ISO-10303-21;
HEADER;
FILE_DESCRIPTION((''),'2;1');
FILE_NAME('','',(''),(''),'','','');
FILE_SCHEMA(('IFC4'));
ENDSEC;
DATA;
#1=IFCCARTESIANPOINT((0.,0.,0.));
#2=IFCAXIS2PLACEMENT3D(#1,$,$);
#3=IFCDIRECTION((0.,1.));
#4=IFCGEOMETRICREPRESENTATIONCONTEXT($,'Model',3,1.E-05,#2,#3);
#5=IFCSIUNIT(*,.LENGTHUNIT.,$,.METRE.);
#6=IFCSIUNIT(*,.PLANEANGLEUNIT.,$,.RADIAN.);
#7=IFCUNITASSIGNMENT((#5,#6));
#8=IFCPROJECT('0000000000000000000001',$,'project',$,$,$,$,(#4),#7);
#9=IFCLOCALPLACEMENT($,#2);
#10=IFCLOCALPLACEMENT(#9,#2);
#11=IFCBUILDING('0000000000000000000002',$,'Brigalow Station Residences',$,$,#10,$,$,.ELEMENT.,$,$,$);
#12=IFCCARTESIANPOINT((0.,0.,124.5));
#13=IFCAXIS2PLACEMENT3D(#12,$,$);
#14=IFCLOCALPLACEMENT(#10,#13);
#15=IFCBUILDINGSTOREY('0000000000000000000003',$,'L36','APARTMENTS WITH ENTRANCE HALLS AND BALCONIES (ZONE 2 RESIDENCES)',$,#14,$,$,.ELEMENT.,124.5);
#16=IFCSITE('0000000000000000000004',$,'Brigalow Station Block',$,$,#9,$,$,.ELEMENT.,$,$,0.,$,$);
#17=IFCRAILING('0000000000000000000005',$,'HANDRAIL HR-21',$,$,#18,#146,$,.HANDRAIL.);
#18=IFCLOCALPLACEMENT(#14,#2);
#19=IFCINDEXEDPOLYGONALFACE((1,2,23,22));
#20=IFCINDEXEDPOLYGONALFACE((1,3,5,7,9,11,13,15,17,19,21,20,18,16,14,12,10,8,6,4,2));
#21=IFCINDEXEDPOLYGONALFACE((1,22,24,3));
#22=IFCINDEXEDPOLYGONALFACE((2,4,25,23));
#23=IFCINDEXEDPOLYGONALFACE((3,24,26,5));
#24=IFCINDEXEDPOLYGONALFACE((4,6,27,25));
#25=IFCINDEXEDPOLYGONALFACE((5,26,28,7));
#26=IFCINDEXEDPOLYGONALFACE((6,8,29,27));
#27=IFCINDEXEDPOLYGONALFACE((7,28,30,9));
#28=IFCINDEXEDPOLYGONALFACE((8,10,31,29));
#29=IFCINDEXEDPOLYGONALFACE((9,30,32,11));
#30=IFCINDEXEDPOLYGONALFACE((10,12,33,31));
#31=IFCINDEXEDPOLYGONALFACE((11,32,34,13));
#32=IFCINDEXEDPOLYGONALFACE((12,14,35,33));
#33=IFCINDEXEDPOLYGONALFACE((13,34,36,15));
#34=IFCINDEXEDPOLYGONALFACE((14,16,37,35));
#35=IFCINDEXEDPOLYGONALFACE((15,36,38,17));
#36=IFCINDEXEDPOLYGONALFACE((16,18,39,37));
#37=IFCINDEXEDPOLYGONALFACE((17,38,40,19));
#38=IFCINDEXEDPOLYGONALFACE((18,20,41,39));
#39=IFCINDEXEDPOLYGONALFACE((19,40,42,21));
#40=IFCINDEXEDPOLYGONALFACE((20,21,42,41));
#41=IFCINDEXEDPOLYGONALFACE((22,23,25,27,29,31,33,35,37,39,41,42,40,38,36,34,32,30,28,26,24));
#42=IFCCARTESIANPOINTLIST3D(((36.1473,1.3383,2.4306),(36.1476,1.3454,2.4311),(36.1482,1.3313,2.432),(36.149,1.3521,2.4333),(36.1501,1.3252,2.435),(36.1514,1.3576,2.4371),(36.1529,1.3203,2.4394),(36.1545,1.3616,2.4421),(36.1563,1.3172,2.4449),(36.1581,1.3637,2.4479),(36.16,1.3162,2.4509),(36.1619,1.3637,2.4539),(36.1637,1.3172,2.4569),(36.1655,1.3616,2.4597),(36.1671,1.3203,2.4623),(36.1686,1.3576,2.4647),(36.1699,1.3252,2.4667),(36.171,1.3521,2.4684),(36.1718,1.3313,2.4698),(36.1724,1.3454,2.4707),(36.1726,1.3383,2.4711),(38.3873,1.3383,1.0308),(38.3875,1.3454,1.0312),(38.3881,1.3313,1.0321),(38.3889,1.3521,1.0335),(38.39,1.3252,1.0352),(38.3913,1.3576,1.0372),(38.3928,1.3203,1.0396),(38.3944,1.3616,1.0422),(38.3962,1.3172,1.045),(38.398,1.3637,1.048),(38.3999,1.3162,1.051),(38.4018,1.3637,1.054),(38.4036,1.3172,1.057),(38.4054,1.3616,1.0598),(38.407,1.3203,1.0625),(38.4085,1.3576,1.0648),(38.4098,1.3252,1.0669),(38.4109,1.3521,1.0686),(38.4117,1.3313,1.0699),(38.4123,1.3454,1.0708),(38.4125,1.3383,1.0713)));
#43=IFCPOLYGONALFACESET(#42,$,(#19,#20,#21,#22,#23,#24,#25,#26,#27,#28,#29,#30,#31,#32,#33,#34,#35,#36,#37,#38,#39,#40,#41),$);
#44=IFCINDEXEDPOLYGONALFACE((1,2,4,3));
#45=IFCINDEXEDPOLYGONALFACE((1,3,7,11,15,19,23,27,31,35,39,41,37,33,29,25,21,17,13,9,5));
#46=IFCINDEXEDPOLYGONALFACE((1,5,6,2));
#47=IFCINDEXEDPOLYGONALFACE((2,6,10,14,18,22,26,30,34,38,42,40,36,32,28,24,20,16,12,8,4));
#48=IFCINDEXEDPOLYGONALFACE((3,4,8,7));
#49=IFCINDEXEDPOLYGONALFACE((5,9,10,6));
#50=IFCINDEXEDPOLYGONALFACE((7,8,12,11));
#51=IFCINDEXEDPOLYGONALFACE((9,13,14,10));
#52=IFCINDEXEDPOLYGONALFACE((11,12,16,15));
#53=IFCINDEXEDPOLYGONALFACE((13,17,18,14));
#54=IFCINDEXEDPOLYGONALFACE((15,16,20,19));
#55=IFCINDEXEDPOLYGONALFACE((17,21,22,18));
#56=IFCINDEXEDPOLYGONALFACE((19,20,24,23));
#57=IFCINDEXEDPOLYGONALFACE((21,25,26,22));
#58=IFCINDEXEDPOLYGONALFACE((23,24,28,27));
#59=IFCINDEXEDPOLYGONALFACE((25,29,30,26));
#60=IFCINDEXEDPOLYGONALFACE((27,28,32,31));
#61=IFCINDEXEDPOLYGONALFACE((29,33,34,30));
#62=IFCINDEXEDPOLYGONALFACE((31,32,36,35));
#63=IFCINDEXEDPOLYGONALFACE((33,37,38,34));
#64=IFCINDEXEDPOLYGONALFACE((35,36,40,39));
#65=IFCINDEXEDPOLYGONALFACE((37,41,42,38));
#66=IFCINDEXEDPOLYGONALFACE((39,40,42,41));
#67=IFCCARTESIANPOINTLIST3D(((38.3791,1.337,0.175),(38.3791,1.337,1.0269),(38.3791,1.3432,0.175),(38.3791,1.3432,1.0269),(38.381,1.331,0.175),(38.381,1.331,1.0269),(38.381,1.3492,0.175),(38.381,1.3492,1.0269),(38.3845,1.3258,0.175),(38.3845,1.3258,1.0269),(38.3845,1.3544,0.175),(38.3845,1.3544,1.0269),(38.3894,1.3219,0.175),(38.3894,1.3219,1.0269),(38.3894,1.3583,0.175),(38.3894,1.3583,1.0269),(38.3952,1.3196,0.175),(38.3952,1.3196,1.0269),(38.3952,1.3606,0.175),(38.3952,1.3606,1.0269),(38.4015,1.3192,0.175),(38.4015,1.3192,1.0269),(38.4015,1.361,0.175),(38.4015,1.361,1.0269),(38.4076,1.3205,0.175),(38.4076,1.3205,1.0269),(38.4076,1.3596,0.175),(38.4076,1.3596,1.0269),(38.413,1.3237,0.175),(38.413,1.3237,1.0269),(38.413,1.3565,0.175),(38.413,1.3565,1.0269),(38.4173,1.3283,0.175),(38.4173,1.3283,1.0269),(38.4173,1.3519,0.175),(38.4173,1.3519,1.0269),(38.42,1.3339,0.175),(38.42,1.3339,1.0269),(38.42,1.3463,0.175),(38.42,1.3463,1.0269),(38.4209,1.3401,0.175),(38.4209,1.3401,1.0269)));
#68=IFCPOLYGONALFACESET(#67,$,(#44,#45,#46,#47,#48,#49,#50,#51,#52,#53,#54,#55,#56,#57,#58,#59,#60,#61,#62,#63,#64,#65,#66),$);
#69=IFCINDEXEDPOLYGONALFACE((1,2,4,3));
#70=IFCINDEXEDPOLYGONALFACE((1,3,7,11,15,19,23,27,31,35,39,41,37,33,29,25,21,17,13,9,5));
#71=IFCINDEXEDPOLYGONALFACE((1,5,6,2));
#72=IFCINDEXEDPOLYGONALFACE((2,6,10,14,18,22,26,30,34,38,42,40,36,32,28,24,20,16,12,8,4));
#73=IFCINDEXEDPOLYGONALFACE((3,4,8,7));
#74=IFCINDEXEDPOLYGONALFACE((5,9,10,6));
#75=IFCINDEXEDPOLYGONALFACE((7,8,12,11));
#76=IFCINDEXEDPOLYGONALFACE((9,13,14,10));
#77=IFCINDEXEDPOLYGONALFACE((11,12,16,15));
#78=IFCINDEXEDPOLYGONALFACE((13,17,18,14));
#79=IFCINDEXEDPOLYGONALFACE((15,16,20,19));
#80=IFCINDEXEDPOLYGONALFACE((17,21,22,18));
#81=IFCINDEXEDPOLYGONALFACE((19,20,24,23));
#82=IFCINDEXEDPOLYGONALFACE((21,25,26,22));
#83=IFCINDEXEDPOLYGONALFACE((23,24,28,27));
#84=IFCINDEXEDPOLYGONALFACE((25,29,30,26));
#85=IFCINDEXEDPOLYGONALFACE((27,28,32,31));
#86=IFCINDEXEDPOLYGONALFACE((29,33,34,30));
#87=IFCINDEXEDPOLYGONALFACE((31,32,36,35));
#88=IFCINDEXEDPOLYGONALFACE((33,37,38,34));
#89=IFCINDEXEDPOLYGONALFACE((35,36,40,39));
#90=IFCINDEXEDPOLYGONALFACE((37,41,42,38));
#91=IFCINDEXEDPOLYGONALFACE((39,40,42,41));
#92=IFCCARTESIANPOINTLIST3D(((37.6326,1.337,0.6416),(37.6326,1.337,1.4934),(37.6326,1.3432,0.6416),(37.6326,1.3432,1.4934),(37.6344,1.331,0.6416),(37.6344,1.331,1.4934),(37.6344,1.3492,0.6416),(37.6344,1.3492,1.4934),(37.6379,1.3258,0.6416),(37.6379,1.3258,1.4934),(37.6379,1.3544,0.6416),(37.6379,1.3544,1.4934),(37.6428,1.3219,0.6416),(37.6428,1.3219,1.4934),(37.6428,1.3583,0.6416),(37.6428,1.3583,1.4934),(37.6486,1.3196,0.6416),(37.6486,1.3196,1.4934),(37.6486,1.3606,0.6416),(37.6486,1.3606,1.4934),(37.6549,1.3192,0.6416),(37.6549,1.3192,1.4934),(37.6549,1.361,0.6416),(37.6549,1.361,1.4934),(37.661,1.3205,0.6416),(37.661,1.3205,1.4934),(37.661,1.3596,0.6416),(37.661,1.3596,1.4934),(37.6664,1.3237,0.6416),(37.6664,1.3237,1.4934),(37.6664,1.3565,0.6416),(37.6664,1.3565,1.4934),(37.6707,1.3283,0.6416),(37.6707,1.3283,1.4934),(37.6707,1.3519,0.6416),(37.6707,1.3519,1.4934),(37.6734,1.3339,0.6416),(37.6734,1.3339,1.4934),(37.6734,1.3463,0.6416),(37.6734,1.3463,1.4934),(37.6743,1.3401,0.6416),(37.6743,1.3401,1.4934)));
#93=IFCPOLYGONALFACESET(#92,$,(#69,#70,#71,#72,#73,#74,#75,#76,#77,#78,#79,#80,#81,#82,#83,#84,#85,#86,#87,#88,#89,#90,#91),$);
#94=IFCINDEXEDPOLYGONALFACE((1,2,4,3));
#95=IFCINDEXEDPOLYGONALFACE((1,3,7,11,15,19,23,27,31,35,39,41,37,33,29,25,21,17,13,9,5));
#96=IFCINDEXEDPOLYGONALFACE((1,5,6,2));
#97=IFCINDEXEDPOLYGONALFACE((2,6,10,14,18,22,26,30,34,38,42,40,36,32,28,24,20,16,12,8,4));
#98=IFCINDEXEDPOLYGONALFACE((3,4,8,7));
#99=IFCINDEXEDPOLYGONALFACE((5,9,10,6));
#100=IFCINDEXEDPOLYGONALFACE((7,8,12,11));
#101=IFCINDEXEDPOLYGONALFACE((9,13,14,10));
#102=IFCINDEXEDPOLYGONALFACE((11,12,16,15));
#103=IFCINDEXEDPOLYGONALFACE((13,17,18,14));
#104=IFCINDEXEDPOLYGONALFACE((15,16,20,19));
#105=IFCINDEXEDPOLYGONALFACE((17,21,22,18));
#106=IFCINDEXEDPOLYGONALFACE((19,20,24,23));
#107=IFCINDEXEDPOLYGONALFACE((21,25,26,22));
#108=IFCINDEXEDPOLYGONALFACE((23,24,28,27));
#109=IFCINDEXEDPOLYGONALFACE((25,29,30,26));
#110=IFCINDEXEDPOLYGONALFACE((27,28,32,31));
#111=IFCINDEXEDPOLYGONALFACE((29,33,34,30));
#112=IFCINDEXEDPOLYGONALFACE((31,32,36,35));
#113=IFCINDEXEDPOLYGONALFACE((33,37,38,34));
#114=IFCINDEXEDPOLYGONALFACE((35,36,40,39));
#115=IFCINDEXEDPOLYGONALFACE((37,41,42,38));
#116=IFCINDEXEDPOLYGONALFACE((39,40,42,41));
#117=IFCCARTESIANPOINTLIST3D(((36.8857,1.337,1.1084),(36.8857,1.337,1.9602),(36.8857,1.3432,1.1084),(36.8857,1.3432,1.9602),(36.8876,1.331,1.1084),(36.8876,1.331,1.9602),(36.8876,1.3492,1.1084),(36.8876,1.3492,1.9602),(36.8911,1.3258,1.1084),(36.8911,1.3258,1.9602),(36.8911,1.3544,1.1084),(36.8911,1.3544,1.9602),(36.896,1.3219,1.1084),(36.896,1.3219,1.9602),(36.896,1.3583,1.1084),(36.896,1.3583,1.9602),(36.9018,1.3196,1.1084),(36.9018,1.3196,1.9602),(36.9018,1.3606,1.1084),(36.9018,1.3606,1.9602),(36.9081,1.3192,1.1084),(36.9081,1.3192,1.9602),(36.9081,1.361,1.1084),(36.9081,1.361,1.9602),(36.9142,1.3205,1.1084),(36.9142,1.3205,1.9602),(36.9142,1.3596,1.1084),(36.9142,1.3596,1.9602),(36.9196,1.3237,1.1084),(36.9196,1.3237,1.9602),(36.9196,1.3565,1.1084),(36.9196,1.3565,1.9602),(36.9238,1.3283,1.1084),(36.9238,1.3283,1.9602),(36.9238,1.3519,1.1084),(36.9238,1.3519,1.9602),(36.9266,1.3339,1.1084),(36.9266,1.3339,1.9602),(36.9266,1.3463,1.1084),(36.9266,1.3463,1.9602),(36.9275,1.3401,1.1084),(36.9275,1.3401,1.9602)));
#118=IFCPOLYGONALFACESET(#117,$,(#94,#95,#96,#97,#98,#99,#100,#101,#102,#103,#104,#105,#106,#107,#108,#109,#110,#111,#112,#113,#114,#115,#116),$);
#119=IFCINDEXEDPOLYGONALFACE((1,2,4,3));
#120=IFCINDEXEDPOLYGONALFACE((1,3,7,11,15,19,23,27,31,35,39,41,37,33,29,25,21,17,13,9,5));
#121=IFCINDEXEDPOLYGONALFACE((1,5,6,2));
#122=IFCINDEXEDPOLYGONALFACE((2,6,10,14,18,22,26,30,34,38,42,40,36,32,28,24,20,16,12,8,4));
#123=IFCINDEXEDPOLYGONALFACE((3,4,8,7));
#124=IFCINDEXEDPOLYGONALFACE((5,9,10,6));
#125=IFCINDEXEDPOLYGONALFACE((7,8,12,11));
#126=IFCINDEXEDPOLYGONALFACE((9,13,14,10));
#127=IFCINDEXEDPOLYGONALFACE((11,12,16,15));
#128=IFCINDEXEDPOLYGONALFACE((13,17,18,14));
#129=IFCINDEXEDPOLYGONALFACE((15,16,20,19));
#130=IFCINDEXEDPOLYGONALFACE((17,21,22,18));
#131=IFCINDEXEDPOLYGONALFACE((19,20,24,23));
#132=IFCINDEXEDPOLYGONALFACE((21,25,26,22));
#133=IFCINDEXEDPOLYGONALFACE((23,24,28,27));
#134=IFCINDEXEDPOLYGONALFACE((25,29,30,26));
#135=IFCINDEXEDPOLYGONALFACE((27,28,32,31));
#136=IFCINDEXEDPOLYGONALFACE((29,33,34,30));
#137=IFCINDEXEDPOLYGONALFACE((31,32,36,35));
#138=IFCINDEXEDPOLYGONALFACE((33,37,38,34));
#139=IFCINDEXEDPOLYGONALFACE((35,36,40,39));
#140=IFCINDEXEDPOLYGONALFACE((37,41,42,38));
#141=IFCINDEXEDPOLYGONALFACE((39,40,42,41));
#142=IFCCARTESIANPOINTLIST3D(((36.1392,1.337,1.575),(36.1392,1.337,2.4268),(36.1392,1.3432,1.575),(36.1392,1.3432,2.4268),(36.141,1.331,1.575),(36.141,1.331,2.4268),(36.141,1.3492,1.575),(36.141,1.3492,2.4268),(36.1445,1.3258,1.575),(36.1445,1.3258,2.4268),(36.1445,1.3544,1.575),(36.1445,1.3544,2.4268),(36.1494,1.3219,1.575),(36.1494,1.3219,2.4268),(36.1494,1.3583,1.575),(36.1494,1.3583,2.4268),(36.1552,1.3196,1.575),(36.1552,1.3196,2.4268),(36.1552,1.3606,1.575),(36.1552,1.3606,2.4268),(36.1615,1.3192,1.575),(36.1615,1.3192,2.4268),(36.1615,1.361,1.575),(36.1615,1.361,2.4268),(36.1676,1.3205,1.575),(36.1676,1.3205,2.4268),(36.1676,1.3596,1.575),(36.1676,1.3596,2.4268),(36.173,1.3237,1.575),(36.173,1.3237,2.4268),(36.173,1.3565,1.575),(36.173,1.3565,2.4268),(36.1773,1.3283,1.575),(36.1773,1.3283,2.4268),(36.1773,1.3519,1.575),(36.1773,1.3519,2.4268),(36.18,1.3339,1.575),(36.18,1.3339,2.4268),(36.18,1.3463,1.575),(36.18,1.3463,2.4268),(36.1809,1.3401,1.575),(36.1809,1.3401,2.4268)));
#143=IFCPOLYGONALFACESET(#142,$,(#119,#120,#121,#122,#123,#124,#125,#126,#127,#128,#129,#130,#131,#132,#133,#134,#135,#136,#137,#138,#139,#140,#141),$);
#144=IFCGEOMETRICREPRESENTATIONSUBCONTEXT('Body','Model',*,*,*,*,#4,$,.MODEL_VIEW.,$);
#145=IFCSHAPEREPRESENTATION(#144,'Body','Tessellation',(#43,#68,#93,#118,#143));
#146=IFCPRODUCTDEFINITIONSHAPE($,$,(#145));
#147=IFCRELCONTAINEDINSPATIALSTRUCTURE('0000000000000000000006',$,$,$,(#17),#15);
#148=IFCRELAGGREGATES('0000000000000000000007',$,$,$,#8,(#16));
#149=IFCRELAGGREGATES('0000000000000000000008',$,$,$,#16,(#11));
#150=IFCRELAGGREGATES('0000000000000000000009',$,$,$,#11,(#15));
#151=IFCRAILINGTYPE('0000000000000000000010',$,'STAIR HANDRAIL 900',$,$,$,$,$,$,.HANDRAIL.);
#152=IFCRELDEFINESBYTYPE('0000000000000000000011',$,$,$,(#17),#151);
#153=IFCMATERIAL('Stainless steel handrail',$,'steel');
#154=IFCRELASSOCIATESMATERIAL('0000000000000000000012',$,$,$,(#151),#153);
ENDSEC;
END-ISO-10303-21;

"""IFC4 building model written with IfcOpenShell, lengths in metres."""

from ifc_helpers import new_model, si_unit, direction, frame, origin, origin_2d, place, context, subcontext, project, spatial, circle, extrude, material, type_object, element, save


model = new_model("IFC4")

# Units and contexts
model_context = context("Model", 3, precision=1e-05, world=origin(), true_north=direction((0.0, 1.0)))
body_context = subcontext(model_context, "Body", "Model", "MODEL_VIEW")
ifc_project = project(units=[si_unit("LENGTHUNIT", "METRE"), si_unit("PLANEANGLEUNIT", "RADIAN")], contexts=[model_context])

# Site, building, storey
site_placement = place(None, origin())
site = spatial("IfcSite", under=ifc_project, at=site_placement, Name="Brigalow Station Block", CompositionType="ELEMENT", RefElevation=0.0)
building_placement = place(site_placement, origin())
building = spatial("IfcBuilding", under=site, at=building_placement, Name="Brigalow Station Residences", CompositionType="ELEMENT")
storey_placement = place(building_placement, frame((0.0, 0.0, 124.5)))
storey = spatial("IfcBuildingStorey", under=building, at=storey_placement, Name="L36", Description="APARTMENTS WITH ENTRANCE HALLS AND BALCONIES (ZONE 2 RESIDENCES)", CompositionType="ELEMENT", Elevation=124.5)

# Railing
ifc_material_1 = material(Name="Stainless steel handrail", Category="steel")
railing_type_1 = type_object("IfcRailingType", Name="STAIR HANDRAIL 900", PredefinedType="HANDRAIL", material=ifc_material_1)
railing_1_placement = place(storey_placement, frame((38.3999, 1.3401, 0.175)))
element("IfcRailing", 1, at=railing_1_placement, inside=storey, type_object=railing_type_1, Name="HANDRAIL HR-21", PredefinedType="HANDRAIL", context=body_context, shape_type="SweptSolid", body=[
    extrude(circle(Radius=0.0239, at=origin_2d()), frame((0.0, 0.0, 0.876), z_axis=(-0.848014, 0.0, 0.529974), x_axis=(0.0, -1.0, 0.0)), (0.0, 0.0, 1.0), 2.6414),
    extrude(circle(Radius=0.021, at=origin_2d()), origin(), (0.0, 0.0, 1.0), 0.8518),
    extrude(circle(Radius=0.021, at=origin_2d()), frame((-0.7466, 0.0, 0.4666)), (0.0, 0.0, 1.0), 0.8518),
    extrude(circle(Radius=0.021, at=origin_2d()), frame((-1.4934, 0.0, 0.9333)), (0.0, 0.0, 1.0), 0.8518),
    extrude(circle(Radius=0.021, at=origin_2d()), frame((-2.24, 0.0, 1.3999)), (0.0, 0.0, 1.0), 0.8518),
])

save(model, "model.ifc")
